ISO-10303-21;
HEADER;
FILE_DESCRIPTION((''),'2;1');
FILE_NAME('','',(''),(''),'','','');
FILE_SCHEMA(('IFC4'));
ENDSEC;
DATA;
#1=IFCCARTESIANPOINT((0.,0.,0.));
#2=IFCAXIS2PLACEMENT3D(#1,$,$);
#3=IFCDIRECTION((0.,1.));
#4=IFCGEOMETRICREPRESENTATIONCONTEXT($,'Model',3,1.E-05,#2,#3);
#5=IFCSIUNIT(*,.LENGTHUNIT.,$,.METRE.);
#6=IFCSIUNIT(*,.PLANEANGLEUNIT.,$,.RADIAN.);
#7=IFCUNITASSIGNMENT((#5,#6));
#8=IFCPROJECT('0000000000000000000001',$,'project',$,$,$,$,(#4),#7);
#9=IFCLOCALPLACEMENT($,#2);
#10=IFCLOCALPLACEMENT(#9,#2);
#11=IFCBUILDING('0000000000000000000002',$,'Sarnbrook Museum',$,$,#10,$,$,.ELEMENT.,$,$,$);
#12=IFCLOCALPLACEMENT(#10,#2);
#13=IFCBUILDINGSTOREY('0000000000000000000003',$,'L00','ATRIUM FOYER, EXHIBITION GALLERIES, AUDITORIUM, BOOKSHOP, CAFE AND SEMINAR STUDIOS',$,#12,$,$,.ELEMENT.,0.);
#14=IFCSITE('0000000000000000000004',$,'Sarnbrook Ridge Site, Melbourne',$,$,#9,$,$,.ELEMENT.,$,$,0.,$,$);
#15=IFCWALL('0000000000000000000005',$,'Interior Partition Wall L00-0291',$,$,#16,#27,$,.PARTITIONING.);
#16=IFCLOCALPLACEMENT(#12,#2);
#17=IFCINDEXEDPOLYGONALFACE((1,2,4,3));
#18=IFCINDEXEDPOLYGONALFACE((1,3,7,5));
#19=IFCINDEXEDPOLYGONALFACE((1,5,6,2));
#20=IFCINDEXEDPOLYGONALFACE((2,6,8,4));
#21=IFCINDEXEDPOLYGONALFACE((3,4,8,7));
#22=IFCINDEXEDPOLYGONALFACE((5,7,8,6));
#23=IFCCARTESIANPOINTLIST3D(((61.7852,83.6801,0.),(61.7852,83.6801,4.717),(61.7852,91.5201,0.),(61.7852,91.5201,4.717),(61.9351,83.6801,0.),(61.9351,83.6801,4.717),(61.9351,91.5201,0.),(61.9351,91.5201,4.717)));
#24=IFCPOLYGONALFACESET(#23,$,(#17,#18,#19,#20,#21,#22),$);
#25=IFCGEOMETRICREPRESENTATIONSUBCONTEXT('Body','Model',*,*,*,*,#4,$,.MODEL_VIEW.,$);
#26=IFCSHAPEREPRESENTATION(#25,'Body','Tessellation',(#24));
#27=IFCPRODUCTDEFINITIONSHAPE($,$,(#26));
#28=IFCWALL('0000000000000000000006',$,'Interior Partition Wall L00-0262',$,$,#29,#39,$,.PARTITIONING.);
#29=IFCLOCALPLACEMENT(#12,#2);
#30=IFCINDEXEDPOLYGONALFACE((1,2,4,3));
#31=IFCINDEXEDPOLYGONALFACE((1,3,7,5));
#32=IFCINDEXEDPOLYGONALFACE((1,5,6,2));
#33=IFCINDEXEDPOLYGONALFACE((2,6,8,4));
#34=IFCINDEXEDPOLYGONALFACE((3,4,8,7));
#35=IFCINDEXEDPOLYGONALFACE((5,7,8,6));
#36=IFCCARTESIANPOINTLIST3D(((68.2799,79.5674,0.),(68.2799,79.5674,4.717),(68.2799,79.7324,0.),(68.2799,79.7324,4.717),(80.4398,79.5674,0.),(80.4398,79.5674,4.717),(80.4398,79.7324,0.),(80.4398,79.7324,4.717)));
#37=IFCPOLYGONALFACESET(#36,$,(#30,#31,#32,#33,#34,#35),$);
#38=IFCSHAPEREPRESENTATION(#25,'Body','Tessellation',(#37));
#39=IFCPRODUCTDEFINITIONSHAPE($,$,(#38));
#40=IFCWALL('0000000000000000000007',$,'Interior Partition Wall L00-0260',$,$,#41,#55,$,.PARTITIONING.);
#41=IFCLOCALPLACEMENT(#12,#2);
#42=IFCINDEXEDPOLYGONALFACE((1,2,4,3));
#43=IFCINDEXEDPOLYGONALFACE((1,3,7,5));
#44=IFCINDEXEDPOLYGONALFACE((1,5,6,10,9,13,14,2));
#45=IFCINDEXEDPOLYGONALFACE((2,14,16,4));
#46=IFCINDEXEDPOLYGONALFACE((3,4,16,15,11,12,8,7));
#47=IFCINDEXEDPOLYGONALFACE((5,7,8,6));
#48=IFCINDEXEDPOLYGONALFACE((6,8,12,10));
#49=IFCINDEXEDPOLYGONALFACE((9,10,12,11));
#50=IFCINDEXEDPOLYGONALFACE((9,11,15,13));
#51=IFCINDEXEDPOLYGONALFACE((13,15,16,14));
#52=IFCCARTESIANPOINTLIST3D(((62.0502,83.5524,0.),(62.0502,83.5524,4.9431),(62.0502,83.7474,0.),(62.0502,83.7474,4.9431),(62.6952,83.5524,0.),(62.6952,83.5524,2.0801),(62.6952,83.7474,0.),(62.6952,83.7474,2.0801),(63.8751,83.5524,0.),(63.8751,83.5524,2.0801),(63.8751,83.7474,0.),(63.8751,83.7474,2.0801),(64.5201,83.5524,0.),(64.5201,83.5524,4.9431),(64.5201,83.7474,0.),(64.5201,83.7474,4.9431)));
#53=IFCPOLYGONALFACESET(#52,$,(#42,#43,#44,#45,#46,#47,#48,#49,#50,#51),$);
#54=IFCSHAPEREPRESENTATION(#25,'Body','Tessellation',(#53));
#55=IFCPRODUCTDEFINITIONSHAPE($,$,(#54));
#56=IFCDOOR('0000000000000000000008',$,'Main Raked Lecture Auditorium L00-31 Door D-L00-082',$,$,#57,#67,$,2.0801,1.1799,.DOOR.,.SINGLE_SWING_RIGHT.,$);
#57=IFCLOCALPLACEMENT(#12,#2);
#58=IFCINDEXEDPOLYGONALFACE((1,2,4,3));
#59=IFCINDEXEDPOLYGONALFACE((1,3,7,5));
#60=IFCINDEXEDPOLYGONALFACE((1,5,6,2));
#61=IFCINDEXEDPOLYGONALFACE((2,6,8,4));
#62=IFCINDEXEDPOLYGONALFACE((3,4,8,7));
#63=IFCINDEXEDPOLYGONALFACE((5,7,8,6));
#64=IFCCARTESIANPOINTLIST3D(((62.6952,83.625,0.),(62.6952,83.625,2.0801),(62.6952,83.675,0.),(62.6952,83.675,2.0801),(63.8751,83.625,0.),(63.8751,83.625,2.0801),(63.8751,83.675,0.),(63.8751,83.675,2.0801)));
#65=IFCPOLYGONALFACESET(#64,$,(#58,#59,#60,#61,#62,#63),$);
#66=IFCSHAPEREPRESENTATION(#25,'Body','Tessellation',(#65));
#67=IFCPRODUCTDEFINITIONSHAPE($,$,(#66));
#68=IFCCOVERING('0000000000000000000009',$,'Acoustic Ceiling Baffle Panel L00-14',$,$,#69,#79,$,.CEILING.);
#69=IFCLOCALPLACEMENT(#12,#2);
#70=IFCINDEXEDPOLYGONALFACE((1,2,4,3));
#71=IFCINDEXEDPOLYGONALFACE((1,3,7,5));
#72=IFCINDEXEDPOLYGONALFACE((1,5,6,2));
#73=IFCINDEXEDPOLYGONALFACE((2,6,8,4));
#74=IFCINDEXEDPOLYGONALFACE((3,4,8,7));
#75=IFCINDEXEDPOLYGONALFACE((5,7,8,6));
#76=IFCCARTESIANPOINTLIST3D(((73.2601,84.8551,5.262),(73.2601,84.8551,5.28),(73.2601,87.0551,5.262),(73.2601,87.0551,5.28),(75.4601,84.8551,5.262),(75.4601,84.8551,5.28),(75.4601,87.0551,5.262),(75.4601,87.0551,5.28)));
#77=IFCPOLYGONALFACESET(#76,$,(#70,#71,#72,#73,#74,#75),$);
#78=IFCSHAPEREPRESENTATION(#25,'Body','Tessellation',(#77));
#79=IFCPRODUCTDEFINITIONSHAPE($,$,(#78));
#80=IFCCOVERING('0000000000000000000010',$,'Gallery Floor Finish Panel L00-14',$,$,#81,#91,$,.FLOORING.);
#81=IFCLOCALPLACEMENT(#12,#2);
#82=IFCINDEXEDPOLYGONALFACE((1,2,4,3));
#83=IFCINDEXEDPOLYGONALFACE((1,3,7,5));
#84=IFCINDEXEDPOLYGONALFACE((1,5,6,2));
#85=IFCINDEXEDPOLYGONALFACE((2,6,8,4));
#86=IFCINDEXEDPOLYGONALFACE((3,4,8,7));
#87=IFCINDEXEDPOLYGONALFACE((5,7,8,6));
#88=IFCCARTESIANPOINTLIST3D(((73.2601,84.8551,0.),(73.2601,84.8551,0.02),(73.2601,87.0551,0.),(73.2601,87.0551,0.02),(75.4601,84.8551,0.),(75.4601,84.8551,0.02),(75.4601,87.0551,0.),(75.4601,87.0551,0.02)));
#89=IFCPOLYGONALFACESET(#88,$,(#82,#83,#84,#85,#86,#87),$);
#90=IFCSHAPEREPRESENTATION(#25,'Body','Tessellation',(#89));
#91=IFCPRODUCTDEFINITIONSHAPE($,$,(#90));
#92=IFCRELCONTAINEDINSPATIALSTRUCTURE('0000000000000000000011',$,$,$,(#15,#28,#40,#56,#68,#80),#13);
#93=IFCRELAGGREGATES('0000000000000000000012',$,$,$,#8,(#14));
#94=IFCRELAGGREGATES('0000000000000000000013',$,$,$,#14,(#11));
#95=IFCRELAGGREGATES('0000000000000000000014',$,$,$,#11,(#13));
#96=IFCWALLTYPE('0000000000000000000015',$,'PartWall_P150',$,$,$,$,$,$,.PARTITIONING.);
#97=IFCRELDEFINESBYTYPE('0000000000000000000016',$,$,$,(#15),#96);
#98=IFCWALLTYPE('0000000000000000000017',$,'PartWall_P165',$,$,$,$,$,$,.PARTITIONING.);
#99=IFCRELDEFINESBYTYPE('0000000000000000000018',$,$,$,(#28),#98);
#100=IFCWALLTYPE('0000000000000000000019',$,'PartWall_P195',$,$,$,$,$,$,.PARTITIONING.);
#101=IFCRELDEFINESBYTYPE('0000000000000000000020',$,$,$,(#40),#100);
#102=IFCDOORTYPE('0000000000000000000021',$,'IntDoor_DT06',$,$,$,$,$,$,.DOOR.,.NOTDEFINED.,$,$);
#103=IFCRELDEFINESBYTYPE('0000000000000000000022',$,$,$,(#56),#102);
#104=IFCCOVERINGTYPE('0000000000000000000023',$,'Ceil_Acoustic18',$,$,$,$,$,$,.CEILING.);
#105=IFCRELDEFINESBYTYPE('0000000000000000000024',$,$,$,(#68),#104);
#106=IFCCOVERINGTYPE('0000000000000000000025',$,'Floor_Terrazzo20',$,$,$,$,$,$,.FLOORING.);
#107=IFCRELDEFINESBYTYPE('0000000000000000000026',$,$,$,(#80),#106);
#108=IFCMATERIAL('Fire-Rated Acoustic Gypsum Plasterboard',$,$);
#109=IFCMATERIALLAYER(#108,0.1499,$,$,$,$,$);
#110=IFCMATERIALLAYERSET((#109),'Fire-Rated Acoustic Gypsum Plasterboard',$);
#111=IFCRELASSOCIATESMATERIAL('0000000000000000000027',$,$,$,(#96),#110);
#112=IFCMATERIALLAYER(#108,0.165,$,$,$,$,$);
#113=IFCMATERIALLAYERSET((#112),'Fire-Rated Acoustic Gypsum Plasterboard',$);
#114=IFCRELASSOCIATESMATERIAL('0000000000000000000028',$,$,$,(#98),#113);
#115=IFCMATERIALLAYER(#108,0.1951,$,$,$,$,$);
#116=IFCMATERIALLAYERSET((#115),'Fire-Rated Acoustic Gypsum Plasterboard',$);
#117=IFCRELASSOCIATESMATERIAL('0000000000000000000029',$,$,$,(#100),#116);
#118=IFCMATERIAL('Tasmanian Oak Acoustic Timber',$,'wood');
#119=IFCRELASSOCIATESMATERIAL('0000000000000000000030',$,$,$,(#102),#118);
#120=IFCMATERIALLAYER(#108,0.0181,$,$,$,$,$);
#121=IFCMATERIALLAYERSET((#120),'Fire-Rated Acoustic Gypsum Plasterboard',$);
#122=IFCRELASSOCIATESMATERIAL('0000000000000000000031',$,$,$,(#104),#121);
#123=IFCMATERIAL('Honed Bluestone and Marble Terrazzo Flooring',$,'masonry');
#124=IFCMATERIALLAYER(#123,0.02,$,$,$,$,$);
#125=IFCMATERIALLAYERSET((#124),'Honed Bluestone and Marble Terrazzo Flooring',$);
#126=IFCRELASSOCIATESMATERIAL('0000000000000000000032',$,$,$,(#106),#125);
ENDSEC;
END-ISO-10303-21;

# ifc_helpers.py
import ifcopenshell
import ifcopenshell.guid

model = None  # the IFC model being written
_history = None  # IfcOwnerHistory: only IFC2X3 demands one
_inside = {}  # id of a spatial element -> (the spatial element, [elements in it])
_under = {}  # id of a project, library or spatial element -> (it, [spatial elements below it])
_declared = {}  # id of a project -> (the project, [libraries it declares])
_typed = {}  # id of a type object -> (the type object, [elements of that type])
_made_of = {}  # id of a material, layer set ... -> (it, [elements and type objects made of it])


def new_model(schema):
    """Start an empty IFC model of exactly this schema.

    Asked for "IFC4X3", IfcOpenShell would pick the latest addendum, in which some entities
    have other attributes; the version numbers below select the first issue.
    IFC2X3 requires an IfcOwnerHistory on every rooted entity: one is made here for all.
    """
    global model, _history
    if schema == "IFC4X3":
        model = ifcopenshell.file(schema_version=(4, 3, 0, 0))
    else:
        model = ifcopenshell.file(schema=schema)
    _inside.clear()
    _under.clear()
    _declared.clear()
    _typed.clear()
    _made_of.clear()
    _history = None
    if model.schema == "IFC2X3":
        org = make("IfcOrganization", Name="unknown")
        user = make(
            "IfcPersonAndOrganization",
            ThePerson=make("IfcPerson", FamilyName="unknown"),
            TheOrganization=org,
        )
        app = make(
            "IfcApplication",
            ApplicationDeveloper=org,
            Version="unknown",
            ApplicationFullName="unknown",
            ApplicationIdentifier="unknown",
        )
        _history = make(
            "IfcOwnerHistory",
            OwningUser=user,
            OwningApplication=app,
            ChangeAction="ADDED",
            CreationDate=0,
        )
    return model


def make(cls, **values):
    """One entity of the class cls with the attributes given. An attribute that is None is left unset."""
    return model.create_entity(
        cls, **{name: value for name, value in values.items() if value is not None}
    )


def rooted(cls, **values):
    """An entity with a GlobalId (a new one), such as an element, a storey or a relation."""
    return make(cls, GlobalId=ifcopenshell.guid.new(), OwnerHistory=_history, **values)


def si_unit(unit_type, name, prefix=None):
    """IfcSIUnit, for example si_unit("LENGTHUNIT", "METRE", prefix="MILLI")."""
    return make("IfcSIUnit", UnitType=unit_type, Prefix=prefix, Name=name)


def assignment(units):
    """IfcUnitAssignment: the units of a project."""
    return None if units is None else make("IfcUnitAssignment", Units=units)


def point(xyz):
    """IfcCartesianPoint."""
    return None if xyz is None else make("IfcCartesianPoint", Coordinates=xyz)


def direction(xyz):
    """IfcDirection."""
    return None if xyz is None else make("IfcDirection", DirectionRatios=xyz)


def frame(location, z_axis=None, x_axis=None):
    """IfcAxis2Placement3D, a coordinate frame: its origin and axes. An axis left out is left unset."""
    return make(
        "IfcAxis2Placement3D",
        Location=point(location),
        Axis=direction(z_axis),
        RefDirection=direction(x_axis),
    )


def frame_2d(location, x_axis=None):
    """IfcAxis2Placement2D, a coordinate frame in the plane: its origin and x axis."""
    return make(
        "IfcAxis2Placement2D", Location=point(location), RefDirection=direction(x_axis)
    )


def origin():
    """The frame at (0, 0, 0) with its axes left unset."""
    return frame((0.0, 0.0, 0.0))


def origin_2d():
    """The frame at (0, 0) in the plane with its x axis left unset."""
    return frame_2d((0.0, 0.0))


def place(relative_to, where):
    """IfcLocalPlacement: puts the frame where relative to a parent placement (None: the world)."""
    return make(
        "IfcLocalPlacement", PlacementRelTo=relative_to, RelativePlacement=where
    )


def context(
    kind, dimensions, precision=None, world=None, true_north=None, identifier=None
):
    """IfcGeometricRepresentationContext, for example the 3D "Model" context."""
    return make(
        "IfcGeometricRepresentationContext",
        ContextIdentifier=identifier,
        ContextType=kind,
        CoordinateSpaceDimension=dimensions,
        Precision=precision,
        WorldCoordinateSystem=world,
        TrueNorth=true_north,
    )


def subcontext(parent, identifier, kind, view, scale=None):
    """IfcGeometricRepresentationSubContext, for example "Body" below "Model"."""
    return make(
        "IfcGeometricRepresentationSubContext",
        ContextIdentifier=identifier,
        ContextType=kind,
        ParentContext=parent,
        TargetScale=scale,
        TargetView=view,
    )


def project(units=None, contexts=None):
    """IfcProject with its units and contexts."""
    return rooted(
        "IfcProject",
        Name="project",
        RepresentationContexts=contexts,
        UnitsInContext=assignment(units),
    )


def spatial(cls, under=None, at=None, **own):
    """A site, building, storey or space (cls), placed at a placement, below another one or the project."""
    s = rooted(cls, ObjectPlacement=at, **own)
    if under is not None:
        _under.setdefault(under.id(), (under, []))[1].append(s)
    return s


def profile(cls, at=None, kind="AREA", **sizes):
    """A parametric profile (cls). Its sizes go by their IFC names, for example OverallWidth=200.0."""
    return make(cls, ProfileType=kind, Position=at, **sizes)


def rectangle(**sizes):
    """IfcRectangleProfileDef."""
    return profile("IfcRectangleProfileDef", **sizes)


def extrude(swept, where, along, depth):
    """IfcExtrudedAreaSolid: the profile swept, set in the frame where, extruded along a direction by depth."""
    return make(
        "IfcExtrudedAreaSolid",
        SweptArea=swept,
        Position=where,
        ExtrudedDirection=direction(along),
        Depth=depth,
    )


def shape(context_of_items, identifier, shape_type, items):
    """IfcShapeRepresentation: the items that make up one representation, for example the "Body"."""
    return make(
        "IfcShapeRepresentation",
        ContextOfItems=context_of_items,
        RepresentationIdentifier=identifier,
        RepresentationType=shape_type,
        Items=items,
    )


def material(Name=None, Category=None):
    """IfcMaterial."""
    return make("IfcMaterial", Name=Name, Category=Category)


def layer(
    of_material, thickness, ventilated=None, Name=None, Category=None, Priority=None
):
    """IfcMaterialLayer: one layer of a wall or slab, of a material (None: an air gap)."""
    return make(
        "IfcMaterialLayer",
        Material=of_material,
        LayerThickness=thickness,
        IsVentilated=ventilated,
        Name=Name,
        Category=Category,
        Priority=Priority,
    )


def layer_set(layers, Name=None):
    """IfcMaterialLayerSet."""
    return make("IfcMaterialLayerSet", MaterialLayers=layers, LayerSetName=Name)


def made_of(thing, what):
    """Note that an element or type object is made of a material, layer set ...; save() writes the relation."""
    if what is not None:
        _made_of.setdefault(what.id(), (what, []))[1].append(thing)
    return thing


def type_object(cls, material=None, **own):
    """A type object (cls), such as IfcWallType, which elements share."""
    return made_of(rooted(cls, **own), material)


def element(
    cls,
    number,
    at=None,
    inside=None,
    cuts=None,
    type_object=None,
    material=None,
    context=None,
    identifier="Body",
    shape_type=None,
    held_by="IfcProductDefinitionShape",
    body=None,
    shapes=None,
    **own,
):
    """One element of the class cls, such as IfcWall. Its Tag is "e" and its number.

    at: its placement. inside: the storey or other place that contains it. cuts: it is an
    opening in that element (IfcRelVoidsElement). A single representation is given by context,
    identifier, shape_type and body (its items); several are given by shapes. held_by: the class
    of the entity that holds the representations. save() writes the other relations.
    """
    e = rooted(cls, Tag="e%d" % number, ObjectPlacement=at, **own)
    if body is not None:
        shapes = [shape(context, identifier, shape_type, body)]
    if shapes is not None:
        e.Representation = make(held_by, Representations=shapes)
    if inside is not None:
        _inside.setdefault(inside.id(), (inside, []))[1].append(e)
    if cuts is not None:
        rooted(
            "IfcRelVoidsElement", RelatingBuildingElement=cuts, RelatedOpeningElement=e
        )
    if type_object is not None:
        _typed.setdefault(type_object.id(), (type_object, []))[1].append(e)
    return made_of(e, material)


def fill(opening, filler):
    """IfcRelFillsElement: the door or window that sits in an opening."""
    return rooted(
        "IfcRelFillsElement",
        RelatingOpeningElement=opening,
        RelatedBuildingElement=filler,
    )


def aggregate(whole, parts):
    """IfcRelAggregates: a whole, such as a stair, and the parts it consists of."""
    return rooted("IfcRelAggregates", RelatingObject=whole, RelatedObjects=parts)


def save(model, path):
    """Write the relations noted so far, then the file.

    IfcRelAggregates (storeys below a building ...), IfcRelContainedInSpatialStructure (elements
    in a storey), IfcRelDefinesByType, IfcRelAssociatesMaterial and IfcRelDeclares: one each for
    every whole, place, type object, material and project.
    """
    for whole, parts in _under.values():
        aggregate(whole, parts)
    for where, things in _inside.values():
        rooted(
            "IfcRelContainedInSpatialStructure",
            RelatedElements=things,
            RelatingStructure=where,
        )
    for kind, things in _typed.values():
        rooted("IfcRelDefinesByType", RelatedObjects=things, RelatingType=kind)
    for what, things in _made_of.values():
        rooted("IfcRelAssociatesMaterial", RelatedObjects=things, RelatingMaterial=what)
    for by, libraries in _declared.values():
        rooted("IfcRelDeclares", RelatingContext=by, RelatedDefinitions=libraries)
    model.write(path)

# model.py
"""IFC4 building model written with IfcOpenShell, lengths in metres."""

from ifc_helpers import new_model, si_unit, direction, frame, frame_2d, origin, origin_2d, place, context, subcontext, project, spatial, rectangle, extrude, material, layer, layer_set, type_object, element, fill, save


model = new_model("IFC4")

# Units and contexts
model_context = context("Model", 3, precision=1e-05, world=origin(), true_north=direction((0.0, 1.0)))
body_context = subcontext(model_context, "Body", "Model", "MODEL_VIEW")
ifc_project = project(units=[si_unit("LENGTHUNIT", "METRE"), si_unit("PLANEANGLEUNIT", "RADIAN")], contexts=[model_context])

# Site, building, storey
site_placement = place(None, origin())
site = spatial("IfcSite", under=ifc_project, at=site_placement, Name="Sarnbrook Ridge Site, Melbourne", CompositionType="ELEMENT", RefElevation=0.0)
building_placement = place(site_placement, origin())
building = spatial("IfcBuilding", under=site, at=building_placement, Name="Sarnbrook Museum", CompositionType="ELEMENT")
storey_placement = place(building_placement, origin())
storey = spatial("IfcBuildingStorey", under=building, at=storey_placement, Name="L00", Description="ATRIUM FOYER, EXHIBITION GALLERIES, AUDITORIUM, BOOKSHOP, CAFE AND SEMINAR STUDIOS", CompositionType="ELEMENT", Elevation=0.0)

# Walls
ifc_material_1 = material(Name="Fire-Rated Acoustic Gypsum Plasterboard")
ifc_layer_1 = layer(ifc_material_1, 0.1499)
ifc_layer_set_1 = layer_set([ifc_layer_1], Name="Fire-Rated Acoustic Gypsum Plasterboard")
wall_type_1 = type_object("IfcWallType", Name="PartWall_P150", PredefinedType="PARTITIONING", material=ifc_layer_set_1)
wall_1_placement = place(storey_placement, frame((61.8601, 91.52, 0.0), z_axis=(0.0, 0.0, 1.0), x_axis=(0.0, -1.0, 0.0)))
element("IfcWall", 1, at=wall_1_placement, inside=storey, type_object=wall_type_1, Name="Interior Partition Wall L00-0291", PredefinedType="PARTITIONING", context=body_context, shape_type="SweptSolid", body=[
    extrude(rectangle(XDim=7.8401, YDim=0.1499, at=frame_2d((3.9199, 0.0))), origin(), (0.0, 0.0, 1.0), 4.717),
])
ifc_layer_2 = layer(ifc_material_1, 0.165)
ifc_layer_set_2 = layer_set([ifc_layer_2], Name="Fire-Rated Acoustic Gypsum Plasterboard")
wall_type_2 = type_object("IfcWallType", Name="PartWall_P165", PredefinedType="PARTITIONING", material=ifc_layer_set_2)
wall_2_placement = place(storey_placement, frame((80.4399, 79.6499, 0.0), z_axis=(0.0, 0.0, 1.0), x_axis=(-1.0, 0.0, 0.0)))
element("IfcWall", 2, at=wall_2_placement, inside=storey, type_object=wall_type_2, Name="Interior Partition Wall L00-0262", PredefinedType="PARTITIONING", context=body_context, shape_type="SweptSolid", body=[
    extrude(rectangle(XDim=12.1599, YDim=0.165, at=frame_2d((6.0801, 0.0))), origin(), (0.0, 0.0, 1.0), 4.717),
])

# Wall, opening, door
ifc_layer_3 = layer(ifc_material_1, 0.1951)
ifc_layer_set_3 = layer_set([ifc_layer_3], Name="Fire-Rated Acoustic Gypsum Plasterboard")
wall_type_3 = type_object("IfcWallType", Name="PartWall_P195", PredefinedType="PARTITIONING", material=ifc_layer_set_3)
wall_3_placement = place(storey_placement, frame((64.52, 83.6499, 0.0), z_axis=(0.0, 0.0, 1.0), x_axis=(-1.0, 0.0, 0.0)))
wall_3 = element("IfcWall", 3, at=wall_3_placement, inside=storey, type_object=wall_type_3, Name="Interior Partition Wall L00-0260", PredefinedType="PARTITIONING", context=body_context, shape_type="SweptSolid", body=[
    extrude(rectangle(XDim=2.47, YDim=0.1951, at=frame_2d((1.2349, 0.0))), origin(), (0.0, 0.0, 1.0), 4.9431),
])
opening_placement = place(wall_3_placement, frame((0.645, 0.0, 0.0)))
opening = element("IfcOpeningElement", 4, at=opening_placement, cuts=wall_3, PredefinedType="OPENING", context=body_context, shape_type="SweptSolid", body=[
    extrude(rectangle(XDim=1.1799, YDim=2.0801, at=frame_2d((0.5898, 1.04))), frame((0.0, 0.1074, 0.0), z_axis=(0.0, -1.0, 0.0), x_axis=(1.0, 0.0, 0.0)), (0.0, 0.0, 1.0), 0.2151),
])
ifc_material_2 = material(Name="Tasmanian Oak Acoustic Timber", Category="wood")
door_type = type_object("IfcDoorType", Name="IntDoor_DT06", OperationType="NOTDEFINED", PredefinedType="DOOR", material=ifc_material_2)
door_placement = place(opening_placement, origin())
door = element("IfcDoor", 5, at=door_placement, inside=storey, type_object=door_type, Name="Main Raked Lecture Auditorium L00-31 Door D-L00-082", OperationType="SINGLE_SWING_RIGHT", OverallHeight=2.0801, OverallWidth=1.1799, PredefinedType="DOOR", context=body_context, shape_type="SweptSolid", body=[
    extrude(rectangle(XDim=1.1799, YDim=2.0801, at=frame_2d((0.5898, 1.04))), frame((0.0, 0.0249, 0.0), z_axis=(0.0, -1.0, 0.0), x_axis=(1.0, 0.0, 0.0)), (0.0, 0.0, 1.0), 0.05),
])
fill(opening, door)

# Coverings
ifc_layer_4 = layer(ifc_material_1, 0.0181)
ifc_layer_set_4 = layer_set([ifc_layer_4], Name="Fire-Rated Acoustic Gypsum Plasterboard")
covering_type_1 = type_object("IfcCoveringType", Name="Ceil_Acoustic18", PredefinedType="CEILING", material=ifc_layer_set_4)
covering_1_placement = place(storey_placement, frame((74.3601, 85.9551, 5.262), z_axis=(0.0, 0.0, 1.0), x_axis=(1.0, 0.0, 0.0)))
element("IfcCovering", 6, at=covering_1_placement, inside=storey, type_object=covering_type_1, Name="Acoustic Ceiling Baffle Panel L00-14", PredefinedType="CEILING", context=body_context, shape_type="SweptSolid", body=[
    extrude(rectangle(XDim=2.2, YDim=2.2, at=origin_2d()), origin(), (0.0, 0.0, 1.0), 0.0181),
])
ifc_material_3 = material(Name="Honed Bluestone and Marble Terrazzo Flooring", Category="masonry")
ifc_layer_5 = layer(ifc_material_3, 0.02)
ifc_layer_set_5 = layer_set([ifc_layer_5], Name="Honed Bluestone and Marble Terrazzo Flooring")
covering_type_2 = type_object("IfcCoveringType", Name="Floor_Terrazzo20", PredefinedType="FLOORING", material=ifc_layer_set_5)
covering_2_placement = place(storey_placement, frame((74.3601, 85.9551, 0.0), z_axis=(0.0, 0.0, 1.0), x_axis=(1.0, 0.0, 0.0)))
element("IfcCovering", 7, at=covering_2_placement, inside=storey, type_object=covering_type_2, Name="Gallery Floor Finish Panel L00-14", PredefinedType="FLOORING", context=body_context, shape_type="SweptSolid", body=[
    extrude(rectangle(XDim=2.2, YDim=2.2, at=origin_2d()), origin(), (0.0, 0.0, 1.0), 0.02),
])

save(model, "model.ifc")
